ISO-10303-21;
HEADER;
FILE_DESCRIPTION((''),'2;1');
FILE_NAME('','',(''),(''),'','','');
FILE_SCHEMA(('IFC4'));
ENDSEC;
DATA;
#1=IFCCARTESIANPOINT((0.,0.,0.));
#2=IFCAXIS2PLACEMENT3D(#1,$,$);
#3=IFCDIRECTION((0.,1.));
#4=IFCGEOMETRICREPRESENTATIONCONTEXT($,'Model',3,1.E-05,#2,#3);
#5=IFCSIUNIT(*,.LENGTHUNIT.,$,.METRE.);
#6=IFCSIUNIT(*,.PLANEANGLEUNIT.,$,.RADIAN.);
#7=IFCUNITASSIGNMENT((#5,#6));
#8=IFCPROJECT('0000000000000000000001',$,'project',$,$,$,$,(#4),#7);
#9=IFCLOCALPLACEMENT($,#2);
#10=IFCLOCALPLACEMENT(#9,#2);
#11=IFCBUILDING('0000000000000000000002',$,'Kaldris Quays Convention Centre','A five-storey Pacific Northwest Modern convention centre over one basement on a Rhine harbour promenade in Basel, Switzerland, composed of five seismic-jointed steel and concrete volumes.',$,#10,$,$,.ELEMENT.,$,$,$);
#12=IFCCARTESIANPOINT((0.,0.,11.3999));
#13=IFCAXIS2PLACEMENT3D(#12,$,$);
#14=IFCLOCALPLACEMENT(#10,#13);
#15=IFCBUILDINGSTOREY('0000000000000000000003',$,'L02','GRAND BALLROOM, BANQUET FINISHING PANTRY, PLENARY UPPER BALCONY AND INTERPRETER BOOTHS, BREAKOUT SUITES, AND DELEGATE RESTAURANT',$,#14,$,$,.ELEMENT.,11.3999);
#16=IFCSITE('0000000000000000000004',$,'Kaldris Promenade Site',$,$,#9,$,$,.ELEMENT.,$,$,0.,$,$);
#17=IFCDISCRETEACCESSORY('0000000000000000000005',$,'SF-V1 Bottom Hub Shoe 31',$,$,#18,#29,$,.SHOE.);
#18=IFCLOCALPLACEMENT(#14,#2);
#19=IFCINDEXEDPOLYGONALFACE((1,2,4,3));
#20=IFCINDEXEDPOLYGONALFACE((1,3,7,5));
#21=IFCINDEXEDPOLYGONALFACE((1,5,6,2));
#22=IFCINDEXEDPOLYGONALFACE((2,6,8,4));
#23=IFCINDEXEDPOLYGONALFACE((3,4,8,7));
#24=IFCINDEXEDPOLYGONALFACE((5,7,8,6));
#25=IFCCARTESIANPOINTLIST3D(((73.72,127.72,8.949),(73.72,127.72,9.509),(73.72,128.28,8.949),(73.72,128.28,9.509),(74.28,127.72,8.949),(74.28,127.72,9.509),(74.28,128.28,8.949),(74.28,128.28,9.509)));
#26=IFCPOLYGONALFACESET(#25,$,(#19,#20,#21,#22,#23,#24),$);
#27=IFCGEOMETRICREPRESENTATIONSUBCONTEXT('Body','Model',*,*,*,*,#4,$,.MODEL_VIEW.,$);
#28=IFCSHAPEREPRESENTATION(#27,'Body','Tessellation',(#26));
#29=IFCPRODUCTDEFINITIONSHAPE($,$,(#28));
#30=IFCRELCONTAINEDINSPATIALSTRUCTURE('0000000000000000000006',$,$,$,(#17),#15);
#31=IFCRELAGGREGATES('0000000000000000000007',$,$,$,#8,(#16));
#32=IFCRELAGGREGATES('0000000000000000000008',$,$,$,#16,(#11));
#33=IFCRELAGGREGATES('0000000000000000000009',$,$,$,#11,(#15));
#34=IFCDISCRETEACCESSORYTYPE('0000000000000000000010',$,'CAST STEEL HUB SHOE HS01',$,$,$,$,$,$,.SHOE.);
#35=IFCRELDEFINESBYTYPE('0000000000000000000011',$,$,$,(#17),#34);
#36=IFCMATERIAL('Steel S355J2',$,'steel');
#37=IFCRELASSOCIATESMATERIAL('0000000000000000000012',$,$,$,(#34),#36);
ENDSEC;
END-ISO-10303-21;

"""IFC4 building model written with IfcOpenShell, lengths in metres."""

from ifc_helpers import new_model, si_unit, direction, frame, origin, origin_2d, place, context, subcontext, project, spatial, rectangle, extrude, material, type_object, element, save


model = new_model("IFC4")

# Units and contexts
model_context = context("Model", 3, precision=1e-05, world=origin(), true_north=direction((0.0, 1.0)))
body_context = subcontext(model_context, "Body", "Model", "MODEL_VIEW")
ifc_project = project(units=[si_unit("LENGTHUNIT", "METRE"), si_unit("PLANEANGLEUNIT", "RADIAN")], contexts=[model_context])

# Site, building, storey
site_placement = place(None, origin())
site = spatial("IfcSite", under=ifc_project, at=site_placement, Name="Kaldris Promenade Site", CompositionType="ELEMENT", RefElevation=0.0)
building_placement = place(site_placement, origin())
building = spatial("IfcBuilding", under=site, at=building_placement, Name="Kaldris Quays Convention Centre", Description="A five-storey Pacific Northwest Modern convention centre over one basement on a Rhine harbour promenade in Basel, Switzerland, composed of five seismic-jointed steel and concrete volumes.", CompositionType="ELEMENT")
storey_placement = place(building_placement, frame((0.0, 0.0, 11.3999)))
storey = spatial("IfcBuildingStorey", under=building, at=storey_placement, Name="L02", Description="GRAND BALLROOM, BANQUET FINISHING PANTRY, PLENARY UPPER BALCONY AND INTERPRETER BOOTHS, BREAKOUT SUITES, AND DELEGATE RESTAURANT", CompositionType="ELEMENT", Elevation=11.3999)

# Discrete accessory
ifc_material_1 = material(Name="Steel S355J2", Category="steel")
discrete_accessory_type = type_object("IfcDiscreteAccessoryType", Name="CAST STEEL HUB SHOE HS01", PredefinedType="SHOE", material=ifc_material_1)
discrete_accessory_placement = place(storey_placement, frame((74.0, 128.0, 8.949), z_axis=(0.0, 0.0, 1.0), x_axis=(1.0, 0.0, 0.0)))
element("IfcDiscreteAccessory", 1, at=discrete_accessory_placement, inside=storey, type_object=discrete_accessory_type, Name="SF-V1 Bottom Hub Shoe 31", PredefinedType="SHOE", context=body_context, shape_type="SweptSolid", body=[
    extrude(rectangle(XDim=0.5601, YDim=0.5601, at=origin_2d()), origin(), (0.0, 0.0, 1.0), 0.5601),
])

save(model, "model.ifc")
